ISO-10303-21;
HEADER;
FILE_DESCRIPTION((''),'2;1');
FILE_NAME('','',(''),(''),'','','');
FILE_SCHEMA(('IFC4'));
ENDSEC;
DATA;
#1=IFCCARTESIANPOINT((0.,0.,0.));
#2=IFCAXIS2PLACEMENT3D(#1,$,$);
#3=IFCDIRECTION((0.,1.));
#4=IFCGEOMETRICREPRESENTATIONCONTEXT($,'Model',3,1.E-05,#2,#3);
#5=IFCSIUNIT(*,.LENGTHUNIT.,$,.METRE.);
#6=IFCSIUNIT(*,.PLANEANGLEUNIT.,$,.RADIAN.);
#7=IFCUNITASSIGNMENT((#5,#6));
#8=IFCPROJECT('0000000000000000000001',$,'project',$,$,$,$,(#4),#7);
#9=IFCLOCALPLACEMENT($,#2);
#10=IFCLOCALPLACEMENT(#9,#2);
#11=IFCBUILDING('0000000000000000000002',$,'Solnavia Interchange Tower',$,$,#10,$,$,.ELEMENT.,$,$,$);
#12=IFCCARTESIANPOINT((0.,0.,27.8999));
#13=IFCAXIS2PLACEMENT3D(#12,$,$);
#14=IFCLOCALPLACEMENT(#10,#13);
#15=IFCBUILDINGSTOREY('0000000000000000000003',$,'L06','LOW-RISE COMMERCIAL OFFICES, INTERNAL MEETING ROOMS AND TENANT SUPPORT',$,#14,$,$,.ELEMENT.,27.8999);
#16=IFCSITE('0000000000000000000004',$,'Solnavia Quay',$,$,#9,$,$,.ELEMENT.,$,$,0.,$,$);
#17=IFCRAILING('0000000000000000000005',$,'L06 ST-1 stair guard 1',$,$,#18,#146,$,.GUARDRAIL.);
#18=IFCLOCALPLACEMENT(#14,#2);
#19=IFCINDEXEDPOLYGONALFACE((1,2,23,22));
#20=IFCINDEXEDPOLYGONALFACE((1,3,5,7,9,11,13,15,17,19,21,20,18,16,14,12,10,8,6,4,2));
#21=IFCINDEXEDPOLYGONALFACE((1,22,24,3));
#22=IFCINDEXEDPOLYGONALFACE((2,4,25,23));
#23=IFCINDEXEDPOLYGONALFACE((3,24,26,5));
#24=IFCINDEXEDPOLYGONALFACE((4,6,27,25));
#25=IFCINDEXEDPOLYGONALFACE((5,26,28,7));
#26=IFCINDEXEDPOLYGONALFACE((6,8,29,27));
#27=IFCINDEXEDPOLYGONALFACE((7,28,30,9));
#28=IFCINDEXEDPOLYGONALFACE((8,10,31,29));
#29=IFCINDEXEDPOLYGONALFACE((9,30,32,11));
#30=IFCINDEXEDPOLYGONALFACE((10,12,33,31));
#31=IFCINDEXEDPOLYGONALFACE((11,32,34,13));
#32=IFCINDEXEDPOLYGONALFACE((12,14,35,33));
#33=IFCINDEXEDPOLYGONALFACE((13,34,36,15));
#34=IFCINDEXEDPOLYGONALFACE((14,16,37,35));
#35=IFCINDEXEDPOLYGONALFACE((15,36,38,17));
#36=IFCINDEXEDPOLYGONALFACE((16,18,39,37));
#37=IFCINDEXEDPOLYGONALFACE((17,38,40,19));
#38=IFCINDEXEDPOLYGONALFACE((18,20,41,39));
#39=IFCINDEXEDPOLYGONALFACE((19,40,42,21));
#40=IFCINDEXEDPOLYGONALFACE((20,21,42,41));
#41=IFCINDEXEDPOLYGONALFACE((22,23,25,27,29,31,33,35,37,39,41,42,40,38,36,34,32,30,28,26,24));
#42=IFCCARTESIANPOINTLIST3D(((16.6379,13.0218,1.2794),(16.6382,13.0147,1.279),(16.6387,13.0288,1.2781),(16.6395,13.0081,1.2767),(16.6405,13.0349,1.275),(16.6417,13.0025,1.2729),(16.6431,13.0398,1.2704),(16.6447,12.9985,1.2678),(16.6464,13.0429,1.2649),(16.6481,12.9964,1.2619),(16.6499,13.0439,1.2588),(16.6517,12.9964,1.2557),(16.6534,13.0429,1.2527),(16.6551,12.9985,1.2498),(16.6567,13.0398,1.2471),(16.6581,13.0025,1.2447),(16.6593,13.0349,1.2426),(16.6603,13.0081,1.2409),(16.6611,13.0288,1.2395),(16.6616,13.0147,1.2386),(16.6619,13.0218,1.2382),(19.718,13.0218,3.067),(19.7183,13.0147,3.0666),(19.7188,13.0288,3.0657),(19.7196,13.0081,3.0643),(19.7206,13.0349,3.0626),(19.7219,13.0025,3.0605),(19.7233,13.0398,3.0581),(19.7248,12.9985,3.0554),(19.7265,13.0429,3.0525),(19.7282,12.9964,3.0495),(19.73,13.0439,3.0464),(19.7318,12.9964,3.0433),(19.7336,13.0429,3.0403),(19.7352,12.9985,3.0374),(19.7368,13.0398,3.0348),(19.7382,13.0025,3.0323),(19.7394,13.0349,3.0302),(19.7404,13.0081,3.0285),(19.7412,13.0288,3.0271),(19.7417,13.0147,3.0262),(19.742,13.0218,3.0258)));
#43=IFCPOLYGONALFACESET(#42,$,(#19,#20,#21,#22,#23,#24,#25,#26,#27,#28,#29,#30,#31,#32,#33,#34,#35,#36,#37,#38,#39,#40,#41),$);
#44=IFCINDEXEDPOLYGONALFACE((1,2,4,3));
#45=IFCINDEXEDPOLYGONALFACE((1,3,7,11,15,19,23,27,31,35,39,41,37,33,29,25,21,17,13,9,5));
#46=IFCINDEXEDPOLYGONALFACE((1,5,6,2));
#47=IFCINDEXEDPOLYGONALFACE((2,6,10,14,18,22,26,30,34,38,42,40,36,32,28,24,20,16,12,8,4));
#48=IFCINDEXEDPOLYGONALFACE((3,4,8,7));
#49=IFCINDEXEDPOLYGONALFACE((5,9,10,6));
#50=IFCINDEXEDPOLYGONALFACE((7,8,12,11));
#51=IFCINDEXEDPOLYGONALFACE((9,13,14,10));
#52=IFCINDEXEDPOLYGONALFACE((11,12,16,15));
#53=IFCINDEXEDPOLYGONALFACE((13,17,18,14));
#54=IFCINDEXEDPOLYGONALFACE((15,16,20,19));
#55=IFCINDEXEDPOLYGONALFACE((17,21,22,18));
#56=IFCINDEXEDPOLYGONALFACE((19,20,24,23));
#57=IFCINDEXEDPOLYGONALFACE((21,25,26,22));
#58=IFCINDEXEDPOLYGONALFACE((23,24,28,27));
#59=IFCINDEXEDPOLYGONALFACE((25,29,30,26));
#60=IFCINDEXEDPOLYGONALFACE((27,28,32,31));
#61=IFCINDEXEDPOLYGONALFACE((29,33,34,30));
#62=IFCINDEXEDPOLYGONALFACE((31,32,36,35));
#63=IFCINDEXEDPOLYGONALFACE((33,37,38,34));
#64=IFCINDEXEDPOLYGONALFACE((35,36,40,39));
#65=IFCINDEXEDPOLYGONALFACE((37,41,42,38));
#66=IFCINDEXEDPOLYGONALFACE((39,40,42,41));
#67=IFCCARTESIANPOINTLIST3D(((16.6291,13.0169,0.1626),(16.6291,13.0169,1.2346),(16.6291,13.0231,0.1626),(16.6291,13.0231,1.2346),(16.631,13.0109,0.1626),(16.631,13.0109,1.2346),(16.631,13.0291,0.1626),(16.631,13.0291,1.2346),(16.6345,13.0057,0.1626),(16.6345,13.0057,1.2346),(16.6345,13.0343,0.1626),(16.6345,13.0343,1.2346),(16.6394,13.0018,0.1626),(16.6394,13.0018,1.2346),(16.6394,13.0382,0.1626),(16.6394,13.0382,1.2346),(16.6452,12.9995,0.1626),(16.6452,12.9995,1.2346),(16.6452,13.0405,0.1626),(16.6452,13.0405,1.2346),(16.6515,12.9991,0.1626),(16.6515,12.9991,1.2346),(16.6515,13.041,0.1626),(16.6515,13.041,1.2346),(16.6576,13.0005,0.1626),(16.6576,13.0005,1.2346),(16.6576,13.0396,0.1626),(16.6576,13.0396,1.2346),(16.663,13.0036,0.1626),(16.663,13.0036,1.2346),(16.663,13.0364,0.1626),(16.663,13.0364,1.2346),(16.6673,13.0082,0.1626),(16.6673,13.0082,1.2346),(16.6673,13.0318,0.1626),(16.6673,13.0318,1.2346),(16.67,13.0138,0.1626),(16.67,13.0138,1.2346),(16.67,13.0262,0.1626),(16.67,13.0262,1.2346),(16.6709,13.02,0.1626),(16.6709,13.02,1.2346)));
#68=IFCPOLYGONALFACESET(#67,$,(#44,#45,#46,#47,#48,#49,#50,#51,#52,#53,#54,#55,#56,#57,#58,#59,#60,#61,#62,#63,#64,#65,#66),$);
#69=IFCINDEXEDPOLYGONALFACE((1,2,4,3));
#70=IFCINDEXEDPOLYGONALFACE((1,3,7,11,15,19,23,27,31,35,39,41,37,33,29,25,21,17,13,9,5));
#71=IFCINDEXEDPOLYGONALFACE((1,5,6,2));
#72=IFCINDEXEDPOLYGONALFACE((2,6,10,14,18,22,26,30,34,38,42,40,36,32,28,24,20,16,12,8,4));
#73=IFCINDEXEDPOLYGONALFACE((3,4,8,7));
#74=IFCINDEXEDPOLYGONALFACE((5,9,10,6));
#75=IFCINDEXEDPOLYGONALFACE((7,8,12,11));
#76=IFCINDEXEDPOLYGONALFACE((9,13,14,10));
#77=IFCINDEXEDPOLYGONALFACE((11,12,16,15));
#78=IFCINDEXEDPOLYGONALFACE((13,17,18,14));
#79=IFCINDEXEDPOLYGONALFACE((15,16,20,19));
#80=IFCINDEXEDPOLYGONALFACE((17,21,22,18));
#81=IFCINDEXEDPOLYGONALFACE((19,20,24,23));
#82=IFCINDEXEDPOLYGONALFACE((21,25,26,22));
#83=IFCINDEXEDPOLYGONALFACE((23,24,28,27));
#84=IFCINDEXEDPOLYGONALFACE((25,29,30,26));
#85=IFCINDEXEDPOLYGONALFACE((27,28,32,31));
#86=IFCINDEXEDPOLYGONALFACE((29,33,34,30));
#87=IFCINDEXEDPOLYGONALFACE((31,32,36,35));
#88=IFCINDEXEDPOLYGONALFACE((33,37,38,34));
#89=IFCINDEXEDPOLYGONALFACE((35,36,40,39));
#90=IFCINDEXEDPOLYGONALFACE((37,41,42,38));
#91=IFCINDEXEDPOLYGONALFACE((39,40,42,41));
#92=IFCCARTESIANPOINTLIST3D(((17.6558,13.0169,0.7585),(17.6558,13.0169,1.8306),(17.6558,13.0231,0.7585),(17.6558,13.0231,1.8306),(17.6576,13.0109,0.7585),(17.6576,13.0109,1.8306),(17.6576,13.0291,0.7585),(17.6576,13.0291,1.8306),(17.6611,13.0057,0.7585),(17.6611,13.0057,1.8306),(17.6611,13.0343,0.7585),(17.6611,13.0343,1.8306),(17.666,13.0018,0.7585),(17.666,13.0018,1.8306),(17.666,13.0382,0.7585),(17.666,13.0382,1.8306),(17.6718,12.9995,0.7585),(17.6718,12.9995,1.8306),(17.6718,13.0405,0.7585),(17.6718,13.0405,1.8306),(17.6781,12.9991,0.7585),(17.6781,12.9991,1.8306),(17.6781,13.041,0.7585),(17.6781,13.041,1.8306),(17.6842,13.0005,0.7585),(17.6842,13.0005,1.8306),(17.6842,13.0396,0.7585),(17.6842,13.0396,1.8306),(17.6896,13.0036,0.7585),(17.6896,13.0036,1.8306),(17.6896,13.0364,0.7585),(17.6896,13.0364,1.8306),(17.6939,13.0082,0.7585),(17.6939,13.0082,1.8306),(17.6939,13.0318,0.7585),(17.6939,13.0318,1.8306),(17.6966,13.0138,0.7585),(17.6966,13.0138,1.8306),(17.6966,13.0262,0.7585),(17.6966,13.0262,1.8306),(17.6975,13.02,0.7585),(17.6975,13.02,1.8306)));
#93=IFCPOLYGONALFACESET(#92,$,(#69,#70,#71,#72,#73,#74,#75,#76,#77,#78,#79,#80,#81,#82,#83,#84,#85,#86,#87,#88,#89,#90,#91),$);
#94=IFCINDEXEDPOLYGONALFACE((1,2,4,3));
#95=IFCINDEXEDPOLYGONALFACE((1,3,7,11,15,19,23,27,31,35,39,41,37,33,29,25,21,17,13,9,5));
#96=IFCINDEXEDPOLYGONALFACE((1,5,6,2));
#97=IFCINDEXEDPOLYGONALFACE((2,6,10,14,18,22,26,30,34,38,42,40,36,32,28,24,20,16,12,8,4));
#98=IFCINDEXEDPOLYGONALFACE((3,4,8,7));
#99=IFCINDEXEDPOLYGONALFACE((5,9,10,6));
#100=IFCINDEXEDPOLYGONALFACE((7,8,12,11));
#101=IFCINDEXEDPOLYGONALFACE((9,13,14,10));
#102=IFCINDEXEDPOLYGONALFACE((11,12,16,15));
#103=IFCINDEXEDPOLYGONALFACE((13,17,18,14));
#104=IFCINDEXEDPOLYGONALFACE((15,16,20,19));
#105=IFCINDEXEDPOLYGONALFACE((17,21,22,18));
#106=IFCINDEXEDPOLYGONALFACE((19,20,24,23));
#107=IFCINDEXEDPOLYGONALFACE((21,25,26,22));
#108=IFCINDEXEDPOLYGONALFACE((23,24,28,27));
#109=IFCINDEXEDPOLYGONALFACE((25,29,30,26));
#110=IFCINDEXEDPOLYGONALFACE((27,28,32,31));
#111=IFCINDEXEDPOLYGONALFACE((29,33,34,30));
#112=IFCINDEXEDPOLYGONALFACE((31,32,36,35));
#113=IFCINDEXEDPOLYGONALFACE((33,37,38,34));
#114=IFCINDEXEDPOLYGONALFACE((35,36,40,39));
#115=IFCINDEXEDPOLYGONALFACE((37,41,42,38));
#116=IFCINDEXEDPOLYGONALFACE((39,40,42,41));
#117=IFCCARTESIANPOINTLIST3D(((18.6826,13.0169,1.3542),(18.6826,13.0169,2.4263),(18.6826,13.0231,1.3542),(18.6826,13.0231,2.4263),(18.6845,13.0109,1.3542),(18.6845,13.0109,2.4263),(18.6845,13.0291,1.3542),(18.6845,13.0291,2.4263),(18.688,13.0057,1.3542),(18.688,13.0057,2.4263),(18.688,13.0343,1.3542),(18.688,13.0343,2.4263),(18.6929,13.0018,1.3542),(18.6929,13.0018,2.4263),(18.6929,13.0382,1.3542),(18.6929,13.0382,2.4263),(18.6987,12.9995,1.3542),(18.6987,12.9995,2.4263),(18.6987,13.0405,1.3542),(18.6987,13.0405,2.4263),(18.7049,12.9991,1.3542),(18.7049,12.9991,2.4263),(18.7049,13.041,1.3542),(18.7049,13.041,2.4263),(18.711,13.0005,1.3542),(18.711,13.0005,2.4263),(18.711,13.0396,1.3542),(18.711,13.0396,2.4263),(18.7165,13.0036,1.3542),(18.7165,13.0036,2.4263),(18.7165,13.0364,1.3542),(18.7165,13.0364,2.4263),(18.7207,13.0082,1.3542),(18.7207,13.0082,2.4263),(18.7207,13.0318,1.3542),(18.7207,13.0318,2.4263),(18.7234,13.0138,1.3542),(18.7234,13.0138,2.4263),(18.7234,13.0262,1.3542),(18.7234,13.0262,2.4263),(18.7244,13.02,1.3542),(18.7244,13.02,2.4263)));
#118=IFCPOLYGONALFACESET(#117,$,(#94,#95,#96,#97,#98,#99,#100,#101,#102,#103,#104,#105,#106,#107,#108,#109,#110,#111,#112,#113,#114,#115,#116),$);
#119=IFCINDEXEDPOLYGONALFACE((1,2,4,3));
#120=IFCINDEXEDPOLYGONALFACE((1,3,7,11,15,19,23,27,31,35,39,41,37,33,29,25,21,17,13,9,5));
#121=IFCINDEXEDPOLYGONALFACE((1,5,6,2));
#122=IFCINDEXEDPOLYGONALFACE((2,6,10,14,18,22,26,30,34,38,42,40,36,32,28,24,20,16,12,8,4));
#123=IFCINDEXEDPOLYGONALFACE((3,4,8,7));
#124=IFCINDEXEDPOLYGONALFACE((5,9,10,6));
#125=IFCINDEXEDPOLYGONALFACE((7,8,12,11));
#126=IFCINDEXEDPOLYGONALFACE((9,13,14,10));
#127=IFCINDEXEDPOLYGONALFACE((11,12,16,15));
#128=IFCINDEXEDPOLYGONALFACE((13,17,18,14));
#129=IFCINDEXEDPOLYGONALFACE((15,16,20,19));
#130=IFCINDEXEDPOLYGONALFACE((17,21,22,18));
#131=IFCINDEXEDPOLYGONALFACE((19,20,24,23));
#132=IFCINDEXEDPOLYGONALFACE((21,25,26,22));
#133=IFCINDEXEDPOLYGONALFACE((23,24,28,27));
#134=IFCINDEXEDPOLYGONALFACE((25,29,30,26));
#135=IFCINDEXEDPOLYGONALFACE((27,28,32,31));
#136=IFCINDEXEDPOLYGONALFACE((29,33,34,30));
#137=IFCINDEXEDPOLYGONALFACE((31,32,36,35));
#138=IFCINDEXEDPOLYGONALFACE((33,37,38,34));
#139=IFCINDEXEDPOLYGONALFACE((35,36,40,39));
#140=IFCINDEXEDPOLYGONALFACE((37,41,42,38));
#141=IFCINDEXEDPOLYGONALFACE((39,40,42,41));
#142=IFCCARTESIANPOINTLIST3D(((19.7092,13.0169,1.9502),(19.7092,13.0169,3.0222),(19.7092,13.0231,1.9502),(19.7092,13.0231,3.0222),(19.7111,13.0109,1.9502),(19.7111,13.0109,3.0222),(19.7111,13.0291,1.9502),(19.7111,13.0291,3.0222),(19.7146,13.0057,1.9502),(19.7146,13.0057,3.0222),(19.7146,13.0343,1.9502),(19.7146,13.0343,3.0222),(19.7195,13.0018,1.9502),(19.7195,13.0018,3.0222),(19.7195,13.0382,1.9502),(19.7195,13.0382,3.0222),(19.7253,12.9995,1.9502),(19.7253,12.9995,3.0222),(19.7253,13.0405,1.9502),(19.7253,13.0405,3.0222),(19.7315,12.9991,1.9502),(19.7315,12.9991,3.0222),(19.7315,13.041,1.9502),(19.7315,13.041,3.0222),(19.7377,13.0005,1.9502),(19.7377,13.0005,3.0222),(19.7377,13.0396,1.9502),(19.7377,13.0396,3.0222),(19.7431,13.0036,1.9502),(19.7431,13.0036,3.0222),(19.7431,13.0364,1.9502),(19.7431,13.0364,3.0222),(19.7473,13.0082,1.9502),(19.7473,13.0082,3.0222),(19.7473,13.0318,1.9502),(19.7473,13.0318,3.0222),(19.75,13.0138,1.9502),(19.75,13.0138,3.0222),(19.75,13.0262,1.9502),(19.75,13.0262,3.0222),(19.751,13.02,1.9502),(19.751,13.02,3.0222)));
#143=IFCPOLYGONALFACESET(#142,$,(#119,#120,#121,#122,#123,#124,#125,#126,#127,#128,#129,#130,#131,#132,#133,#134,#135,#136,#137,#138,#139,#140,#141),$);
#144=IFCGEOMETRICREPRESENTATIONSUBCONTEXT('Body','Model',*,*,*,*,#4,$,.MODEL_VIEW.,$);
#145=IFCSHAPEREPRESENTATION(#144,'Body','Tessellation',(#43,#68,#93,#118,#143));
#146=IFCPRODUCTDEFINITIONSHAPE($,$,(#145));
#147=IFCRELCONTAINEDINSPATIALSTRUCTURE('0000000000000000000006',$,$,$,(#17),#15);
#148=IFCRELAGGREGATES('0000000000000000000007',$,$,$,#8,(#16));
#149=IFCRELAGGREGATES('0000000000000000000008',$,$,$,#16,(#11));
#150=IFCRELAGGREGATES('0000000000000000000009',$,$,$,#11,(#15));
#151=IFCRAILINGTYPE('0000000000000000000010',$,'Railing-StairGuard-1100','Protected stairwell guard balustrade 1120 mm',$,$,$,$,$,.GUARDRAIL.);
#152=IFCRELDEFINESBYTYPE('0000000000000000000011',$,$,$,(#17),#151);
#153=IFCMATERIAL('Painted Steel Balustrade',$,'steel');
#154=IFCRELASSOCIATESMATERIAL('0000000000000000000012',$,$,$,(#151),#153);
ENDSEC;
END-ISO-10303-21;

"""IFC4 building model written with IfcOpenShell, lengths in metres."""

from ifc_helpers import new_model, si_unit, direction, frame, origin, origin_2d, place, context, subcontext, project, spatial, circle, extrude, material, type_object, element, save


model = new_model("IFC4")

# Units and contexts
model_context = context("Model", 3, precision=1e-05, world=origin(), true_north=direction((0.0, 1.0)))
body_context = subcontext(model_context, "Body", "Model", "MODEL_VIEW")
ifc_project = project(units=[si_unit("LENGTHUNIT", "METRE"), si_unit("PLANEANGLEUNIT", "RADIAN")], contexts=[model_context])

# Site, building, storey
site_placement = place(None, origin())
site = spatial("IfcSite", under=ifc_project, at=site_placement, Name="Solnavia Quay", CompositionType="ELEMENT", RefElevation=0.0)
building_placement = place(site_placement, origin())
building = spatial("IfcBuilding", under=site, at=building_placement, Name="Solnavia Interchange Tower", CompositionType="ELEMENT")
storey_placement = place(building_placement, frame((0.0, 0.0, 27.8999)))
storey = spatial("IfcBuildingStorey", under=building, at=storey_placement, Name="L06", Description="LOW-RISE COMMERCIAL OFFICES, INTERNAL MEETING ROOMS AND TENANT SUPPORT", CompositionType="ELEMENT", Elevation=27.8999)

# Railing
ifc_material_1 = material(Name="Painted Steel Balustrade", Category="steel")
railing_type_1 = type_object("IfcRailingType", Name="Railing-StairGuard-1100", Description="Protected stairwell guard balustrade 1120 mm", PredefinedType="GUARDRAIL", material=ifc_material_1)
railing_1_placement = place(storey_placement, frame((16.6499, 13.02, 0.1626)))
element("IfcRailing", 1, at=railing_1_placement, inside=storey, type_object=railing_type_1, Name="L06 ST-1 stair guard 1", PredefinedType="GUARDRAIL", context=body_context, shape_type="SweptSolid", body=[
    extrude(circle(Radius=0.0239, at=origin_2d()), frame((0.0, 0.0, 1.0962), z_axis=(0.864891, 0.0, 0.50196), x_axis=(0.0, 1.0, 0.0)), (0.0, 0.0, 1.0), 3.5613),
    extrude(circle(Radius=0.021, at=origin_2d()), origin(), (0.0, 0.0, 1.0), 1.072),
    extrude(circle(Radius=0.021, at=origin_2d()), frame((1.0266, 0.0, 0.5959)), (0.0, 0.0, 1.0), 1.072),
    extrude(circle(Radius=0.021, at=origin_2d()), frame((2.0535, 0.0, 1.1917)), (0.0, 0.0, 1.0), 1.072),
    extrude(circle(Radius=0.021, at=origin_2d()), frame((3.0801, 0.0, 1.7876)), (0.0, 0.0, 1.0), 1.072),
])

save(model, "model.ifc")
